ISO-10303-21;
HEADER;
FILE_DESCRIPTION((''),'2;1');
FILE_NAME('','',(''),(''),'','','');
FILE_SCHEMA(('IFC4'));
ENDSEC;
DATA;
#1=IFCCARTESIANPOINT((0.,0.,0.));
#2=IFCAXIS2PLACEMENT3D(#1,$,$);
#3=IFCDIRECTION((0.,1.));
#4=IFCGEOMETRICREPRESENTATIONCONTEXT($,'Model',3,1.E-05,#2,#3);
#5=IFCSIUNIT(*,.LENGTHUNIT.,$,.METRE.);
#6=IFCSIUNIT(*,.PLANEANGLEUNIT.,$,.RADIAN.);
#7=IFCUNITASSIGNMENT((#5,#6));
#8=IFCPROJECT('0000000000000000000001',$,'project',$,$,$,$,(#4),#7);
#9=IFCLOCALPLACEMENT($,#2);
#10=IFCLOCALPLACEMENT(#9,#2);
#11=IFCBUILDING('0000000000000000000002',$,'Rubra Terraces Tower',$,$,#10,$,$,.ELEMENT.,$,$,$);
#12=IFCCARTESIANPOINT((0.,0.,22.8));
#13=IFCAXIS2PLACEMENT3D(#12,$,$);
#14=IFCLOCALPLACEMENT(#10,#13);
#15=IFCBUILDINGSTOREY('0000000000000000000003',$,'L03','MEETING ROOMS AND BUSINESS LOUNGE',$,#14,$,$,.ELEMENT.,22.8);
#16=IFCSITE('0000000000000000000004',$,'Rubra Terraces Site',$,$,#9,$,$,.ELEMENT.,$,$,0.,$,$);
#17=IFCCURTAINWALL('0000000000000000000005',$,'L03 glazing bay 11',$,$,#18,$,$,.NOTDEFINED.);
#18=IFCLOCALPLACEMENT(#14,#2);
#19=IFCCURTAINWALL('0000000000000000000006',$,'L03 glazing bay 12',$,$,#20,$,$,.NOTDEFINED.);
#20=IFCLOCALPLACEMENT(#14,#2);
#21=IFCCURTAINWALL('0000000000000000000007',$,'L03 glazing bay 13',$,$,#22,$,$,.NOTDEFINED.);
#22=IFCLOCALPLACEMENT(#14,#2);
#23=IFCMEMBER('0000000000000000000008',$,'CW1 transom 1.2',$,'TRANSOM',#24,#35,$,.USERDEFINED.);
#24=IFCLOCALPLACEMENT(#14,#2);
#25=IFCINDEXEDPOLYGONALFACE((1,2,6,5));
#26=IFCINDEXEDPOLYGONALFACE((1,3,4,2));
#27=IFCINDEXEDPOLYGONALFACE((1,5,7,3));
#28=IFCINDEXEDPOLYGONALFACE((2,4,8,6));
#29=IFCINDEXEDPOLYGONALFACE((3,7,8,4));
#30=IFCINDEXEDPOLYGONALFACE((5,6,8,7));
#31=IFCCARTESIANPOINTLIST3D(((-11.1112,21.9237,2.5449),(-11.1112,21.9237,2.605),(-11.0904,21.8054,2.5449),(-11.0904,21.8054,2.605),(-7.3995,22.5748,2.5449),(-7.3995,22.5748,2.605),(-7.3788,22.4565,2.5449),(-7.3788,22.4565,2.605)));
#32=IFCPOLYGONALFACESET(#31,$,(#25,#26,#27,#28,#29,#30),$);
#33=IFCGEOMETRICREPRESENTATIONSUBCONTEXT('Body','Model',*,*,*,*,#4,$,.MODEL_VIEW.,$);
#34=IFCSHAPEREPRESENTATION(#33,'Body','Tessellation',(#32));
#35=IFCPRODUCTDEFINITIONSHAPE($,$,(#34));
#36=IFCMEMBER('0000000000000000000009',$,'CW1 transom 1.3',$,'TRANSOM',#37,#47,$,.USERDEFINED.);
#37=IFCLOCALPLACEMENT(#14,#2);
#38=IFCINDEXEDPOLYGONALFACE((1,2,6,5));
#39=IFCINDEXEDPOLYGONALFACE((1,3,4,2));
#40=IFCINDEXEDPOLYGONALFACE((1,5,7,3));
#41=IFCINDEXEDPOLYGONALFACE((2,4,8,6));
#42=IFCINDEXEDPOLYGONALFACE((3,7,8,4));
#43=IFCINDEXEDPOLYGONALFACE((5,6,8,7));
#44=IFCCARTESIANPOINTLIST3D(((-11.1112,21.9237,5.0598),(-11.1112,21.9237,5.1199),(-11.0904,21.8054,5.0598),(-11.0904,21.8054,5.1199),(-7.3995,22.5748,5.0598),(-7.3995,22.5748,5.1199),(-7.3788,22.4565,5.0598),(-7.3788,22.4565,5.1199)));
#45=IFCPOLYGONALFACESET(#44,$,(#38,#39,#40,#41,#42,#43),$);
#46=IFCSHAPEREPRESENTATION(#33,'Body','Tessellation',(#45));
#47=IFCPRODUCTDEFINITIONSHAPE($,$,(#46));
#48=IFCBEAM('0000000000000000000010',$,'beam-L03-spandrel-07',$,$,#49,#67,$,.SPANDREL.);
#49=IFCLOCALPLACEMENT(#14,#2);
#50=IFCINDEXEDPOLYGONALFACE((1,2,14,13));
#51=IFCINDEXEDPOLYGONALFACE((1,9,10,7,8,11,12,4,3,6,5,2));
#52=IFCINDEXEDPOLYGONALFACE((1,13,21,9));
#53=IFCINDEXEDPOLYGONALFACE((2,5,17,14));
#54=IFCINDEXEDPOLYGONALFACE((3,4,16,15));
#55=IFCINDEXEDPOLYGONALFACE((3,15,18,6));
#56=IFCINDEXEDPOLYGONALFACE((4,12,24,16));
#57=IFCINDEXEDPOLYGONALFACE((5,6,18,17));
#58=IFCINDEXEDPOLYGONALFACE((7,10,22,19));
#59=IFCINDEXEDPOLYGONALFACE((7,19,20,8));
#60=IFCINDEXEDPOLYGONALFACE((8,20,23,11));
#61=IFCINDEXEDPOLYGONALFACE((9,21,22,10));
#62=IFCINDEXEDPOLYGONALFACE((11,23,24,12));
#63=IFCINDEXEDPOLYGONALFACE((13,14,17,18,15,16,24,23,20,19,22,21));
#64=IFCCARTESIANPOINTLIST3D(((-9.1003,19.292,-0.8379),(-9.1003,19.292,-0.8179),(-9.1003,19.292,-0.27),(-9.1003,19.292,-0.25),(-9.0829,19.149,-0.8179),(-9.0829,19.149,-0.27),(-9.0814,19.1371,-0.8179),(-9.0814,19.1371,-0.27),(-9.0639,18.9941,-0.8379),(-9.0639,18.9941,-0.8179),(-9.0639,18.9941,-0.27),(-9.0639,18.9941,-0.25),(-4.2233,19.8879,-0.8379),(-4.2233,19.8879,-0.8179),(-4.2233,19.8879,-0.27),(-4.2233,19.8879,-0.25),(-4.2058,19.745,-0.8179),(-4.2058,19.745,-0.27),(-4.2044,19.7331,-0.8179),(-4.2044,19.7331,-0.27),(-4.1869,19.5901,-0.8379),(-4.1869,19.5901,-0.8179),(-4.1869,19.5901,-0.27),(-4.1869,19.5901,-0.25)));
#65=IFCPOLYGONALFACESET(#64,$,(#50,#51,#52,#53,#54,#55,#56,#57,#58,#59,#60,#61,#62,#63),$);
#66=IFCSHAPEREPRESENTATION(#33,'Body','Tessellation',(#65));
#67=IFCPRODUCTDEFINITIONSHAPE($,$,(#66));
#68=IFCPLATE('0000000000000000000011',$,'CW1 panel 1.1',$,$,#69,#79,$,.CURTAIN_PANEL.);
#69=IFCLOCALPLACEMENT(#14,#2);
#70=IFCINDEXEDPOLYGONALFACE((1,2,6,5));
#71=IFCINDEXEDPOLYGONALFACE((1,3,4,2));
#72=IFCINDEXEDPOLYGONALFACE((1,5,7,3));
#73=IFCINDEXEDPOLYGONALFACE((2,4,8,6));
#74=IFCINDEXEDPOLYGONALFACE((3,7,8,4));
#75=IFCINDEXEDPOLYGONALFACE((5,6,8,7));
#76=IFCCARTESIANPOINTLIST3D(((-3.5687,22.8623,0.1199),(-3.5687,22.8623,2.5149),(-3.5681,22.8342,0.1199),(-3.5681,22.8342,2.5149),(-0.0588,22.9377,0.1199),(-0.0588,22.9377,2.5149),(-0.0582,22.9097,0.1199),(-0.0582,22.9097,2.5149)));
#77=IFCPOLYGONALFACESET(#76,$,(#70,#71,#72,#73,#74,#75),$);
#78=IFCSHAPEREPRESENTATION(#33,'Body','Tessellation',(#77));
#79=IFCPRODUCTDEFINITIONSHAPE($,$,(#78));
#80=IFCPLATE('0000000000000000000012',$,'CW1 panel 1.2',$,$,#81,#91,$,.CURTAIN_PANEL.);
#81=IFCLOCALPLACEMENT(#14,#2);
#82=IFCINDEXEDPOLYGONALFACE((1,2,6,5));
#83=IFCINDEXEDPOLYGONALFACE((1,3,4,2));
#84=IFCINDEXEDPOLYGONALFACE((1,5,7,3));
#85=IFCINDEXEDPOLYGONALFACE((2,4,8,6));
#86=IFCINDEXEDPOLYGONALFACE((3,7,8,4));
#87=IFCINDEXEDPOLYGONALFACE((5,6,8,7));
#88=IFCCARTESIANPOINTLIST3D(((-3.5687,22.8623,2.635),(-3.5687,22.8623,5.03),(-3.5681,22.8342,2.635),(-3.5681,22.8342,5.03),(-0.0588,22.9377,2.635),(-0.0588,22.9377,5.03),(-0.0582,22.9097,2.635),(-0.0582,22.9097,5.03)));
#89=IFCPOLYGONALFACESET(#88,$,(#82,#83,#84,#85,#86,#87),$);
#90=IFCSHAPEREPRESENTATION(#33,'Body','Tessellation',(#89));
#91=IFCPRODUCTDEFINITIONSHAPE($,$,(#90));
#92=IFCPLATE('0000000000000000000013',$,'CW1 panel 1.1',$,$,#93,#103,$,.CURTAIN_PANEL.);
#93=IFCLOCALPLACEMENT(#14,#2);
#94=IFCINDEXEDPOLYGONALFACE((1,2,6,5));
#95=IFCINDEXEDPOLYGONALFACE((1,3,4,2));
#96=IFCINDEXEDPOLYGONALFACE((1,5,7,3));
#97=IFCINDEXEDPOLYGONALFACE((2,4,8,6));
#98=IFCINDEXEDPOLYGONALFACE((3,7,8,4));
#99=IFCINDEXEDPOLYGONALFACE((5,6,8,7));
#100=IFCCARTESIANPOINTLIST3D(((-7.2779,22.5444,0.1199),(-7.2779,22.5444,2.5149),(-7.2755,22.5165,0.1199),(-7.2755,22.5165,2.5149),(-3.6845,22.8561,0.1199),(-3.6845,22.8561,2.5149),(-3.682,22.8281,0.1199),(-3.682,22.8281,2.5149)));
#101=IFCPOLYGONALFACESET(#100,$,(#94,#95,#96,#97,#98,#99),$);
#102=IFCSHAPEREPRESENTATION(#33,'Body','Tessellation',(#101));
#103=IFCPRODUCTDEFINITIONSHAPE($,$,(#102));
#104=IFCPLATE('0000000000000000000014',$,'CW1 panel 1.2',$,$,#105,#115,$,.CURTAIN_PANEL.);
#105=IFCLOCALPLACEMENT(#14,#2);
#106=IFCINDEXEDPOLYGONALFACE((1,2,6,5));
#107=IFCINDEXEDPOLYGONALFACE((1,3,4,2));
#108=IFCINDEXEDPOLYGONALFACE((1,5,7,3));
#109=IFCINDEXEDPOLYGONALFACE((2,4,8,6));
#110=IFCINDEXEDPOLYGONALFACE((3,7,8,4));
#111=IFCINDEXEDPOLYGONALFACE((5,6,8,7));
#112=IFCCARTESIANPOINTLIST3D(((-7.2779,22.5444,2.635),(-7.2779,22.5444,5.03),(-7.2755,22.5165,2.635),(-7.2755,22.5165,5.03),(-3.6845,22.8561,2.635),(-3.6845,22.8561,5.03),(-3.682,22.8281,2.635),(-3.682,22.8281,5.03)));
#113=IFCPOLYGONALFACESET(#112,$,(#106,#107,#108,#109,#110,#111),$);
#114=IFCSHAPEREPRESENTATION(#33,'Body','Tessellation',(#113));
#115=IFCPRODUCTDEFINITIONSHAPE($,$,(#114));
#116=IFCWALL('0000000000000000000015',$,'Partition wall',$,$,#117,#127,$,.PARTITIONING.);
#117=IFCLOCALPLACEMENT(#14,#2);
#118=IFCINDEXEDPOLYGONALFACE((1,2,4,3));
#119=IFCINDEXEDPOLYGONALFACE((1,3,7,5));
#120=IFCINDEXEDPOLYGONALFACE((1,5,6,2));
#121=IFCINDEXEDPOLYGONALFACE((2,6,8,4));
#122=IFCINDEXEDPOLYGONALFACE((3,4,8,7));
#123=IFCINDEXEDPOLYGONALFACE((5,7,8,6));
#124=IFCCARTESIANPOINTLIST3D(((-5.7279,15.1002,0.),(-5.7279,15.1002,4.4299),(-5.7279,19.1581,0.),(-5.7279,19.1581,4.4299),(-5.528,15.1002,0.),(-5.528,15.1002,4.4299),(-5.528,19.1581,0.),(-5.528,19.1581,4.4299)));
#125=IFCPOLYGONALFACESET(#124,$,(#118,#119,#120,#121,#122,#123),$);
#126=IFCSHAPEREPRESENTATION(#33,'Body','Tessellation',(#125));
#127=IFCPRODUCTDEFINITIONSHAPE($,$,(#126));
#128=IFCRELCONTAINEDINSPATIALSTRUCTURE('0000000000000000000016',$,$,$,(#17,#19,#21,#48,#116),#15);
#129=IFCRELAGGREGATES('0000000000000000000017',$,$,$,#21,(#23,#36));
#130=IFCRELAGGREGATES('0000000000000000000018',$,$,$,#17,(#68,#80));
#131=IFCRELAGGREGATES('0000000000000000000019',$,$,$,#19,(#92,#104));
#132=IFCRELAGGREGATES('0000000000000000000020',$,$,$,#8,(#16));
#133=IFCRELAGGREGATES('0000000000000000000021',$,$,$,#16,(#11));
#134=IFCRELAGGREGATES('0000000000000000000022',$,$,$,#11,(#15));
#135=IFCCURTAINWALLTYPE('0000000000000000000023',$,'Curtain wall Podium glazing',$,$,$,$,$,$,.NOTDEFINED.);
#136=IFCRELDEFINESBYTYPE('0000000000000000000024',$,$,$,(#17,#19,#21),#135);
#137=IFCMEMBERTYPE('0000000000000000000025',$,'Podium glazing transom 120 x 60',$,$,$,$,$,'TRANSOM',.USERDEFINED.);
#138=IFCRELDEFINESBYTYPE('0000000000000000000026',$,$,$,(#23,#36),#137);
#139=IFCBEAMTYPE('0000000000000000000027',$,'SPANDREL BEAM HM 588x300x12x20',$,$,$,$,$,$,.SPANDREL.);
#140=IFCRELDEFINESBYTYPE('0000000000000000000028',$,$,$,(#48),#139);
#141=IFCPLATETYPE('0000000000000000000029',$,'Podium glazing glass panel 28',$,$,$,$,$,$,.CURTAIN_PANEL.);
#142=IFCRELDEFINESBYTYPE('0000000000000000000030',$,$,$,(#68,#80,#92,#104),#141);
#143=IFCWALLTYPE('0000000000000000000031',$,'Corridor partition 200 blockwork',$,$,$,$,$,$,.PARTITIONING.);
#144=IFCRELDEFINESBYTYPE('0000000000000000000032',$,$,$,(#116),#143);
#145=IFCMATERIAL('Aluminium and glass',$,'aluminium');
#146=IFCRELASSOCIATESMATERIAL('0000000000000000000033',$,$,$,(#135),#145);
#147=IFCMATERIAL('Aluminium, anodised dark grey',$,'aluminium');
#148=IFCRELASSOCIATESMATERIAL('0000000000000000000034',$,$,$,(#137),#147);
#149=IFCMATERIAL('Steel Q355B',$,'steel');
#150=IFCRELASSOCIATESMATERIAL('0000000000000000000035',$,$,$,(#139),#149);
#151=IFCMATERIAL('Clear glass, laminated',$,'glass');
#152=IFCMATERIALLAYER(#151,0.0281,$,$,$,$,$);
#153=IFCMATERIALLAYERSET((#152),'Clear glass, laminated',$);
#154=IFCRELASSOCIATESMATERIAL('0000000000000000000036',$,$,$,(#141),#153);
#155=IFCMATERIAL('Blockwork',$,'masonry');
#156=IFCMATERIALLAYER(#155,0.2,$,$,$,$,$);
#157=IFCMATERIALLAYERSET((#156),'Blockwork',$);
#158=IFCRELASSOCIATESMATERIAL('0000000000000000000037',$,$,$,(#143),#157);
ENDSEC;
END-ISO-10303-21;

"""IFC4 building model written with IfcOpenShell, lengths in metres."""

from ifc_helpers import new_model, si_unit, direction, frame, frame_2d, origin, origin_2d, place, context, subcontext, project, spatial, rectangle, i_section, extrude, material, layer, layer_set, material_profile, profile_set, type_object, element, aggregate, save


model = new_model("IFC4")

# Units and contexts
model_context = context("Model", 3, precision=1e-05, world=origin(), true_north=direction((0.0, 1.0)))
body_context = subcontext(model_context, "Body", "Model", "MODEL_VIEW")
ifc_project = project(units=[si_unit("LENGTHUNIT", "METRE"), si_unit("PLANEANGLEUNIT", "RADIAN")], contexts=[model_context])

# Site, building, storey
site_placement = place(None, origin())
site = spatial("IfcSite", under=ifc_project, at=site_placement, Name="Rubra Terraces Site", CompositionType="ELEMENT", RefElevation=0.0)
building_placement = place(site_placement, origin())
building = spatial("IfcBuilding", under=site, at=building_placement, Name="Rubra Terraces Tower", CompositionType="ELEMENT")
storey_placement = place(building_placement, frame((0.0, 0.0, 22.8)))
storey = spatial("IfcBuildingStorey", under=building, at=storey_placement, Name="L03", Description="MEETING ROOMS AND BUSINESS LOUNGE", CompositionType="ELEMENT", Elevation=22.8)

# Shared definitions
ifc_material_1 = material(Name="Steel Q355B", Category="steel")

# Curtain walls
ifc_material_2 = material(Name="Aluminium and glass", Category="aluminium")
curtain_wall_type = type_object("IfcCurtainWallType", Name="Curtain wall Podium glazing", PredefinedType="NOTDEFINED", material=ifc_material_2)
curtain_wall_1_placement = place(storey_placement, origin())
curtain_wall_1 = element("IfcCurtainWall", 1, at=curtain_wall_1_placement, inside=storey, type_object=curtain_wall_type, Name="L03 glazing bay 11", PredefinedType="NOTDEFINED")
ifc_material_3 = material(Name="Aluminium, anodised dark grey", Category="aluminium")
curtain_wall_2_placement = place(storey_placement, origin())
curtain_wall_2 = element("IfcCurtainWall", 2, at=curtain_wall_2_placement, inside=storey, type_object=curtain_wall_type, Name="L03 glazing bay 12", PredefinedType="NOTDEFINED")
curtain_wall_3_placement = place(storey_placement, origin())
curtain_wall_3 = element("IfcCurtainWall", 3, at=curtain_wall_3_placement, inside=storey, type_object=curtain_wall_type, Name="L03 glazing bay 13", PredefinedType="NOTDEFINED")

# Members
ifc_material_profile_1 = material_profile(ifc_material_3, rectangle(XDim=0.1201, YDim=0.0601, at=origin_2d()), Name="AL 120x60")
ifc_profile_set_1 = profile_set([ifc_material_profile_1], Name="Aluminium, anodised dark grey")
member_type_1 = type_object("IfcMemberType", Name="Podium glazing transom 120 x 60", ElementType="TRANSOM", PredefinedType="USERDEFINED", material=ifc_profile_set_1)
member_1_placement = place(storey_placement, frame((-7.3892, 22.5156, 2.575), z_axis=(-0.984959, -0.172787, 0.0), x_axis=(0.172787, -0.984959, 0.0)))
member_1 = element("IfcMember", 4, at=member_1_placement, type_object=member_type_1, Name="CW1 transom 1.2", ObjectType="TRANSOM", PredefinedType="USERDEFINED", context=body_context, shape_type="SweptSolid", body=[
    extrude(rectangle(XDim=0.1201, YDim=0.0601, at=origin_2d()), origin(), (0.0, 0.0, 1.0), 3.7683),
])
member_2_placement = place(storey_placement, frame((-7.3892, 22.5156, 5.0898), z_axis=(-0.984959, -0.172787, 0.0), x_axis=(0.172787, -0.984959, 0.0)))
member_2 = element("IfcMember", 5, at=member_2_placement, type_object=member_type_1, Name="CW1 transom 1.3", ObjectType="TRANSOM", PredefinedType="USERDEFINED", context=body_context, shape_type="SweptSolid", body=[
    extrude(rectangle(XDim=0.1201, YDim=0.0601, at=origin_2d()), origin(), (0.0, 0.0, 1.0), 3.7683),
])
aggregate(curtain_wall_3, [member_1, member_2])

# Beam
ifc_material_profile_2 = material_profile(ifc_material_1, i_section(OverallWidth=0.3, OverallDepth=0.5879, WebThickness=0.012, FlangeThickness=0.02, at=origin_2d()), Name="HM 588x300x12x20")
ifc_profile_set_2 = profile_set([ifc_material_profile_2], Name="Steel Q355B")
beam_type_1 = type_object("IfcBeamType", Name="SPANDREL BEAM HM 588x300x12x20", PredefinedType="SPANDREL", material=ifc_profile_set_2)
beam_1_placement = place(storey_placement, frame((-4.2051, 19.739, -0.5439), z_axis=(-0.992617, -0.121294, 0.0), x_axis=(0.121294, -0.992617, 0.0)))
element("IfcBeam", 6, at=beam_1_placement, inside=storey, type_object=beam_type_1, Name="beam-L03-spandrel-07", PredefinedType="SPANDREL", context=body_context, shape_type="SweptSolid", body=[
    extrude(i_section(OverallWidth=0.3, OverallDepth=0.5879, WebThickness=0.012, FlangeThickness=0.02, at=origin_2d()), origin(), (0.0, 0.0, 1.0), 4.9133),
])

# Plates
ifc_material_4 = material(Name="Clear glass, laminated", Category="glass")
ifc_layer_1 = layer(ifc_material_4, 0.0281)
ifc_layer_set_1 = layer_set([ifc_layer_1], Name="Clear glass, laminated")
plate_type = type_object("IfcPlateType", Name="Podium glazing glass panel 28", PredefinedType="CURTAIN_PANEL", material=ifc_layer_set_1)
plate_1_placement = place(storey_placement, frame((-1.8135, 22.886, 0.1199), z_axis=(0.0, 0.0, 1.0), x_axis=(-0.999769, -0.021483, 0.0)))
plate_1 = element("IfcPlate", 7, at=plate_1_placement, type_object=plate_type, Name="CW1 panel 1.1", PredefinedType="CURTAIN_PANEL", context=body_context, shape_type="SweptSolid", body=[
    extrude(rectangle(XDim=3.5107, YDim=0.0281, at=origin_2d()), origin(), (0.0, 0.0, 1.0), 2.395),
])
plate_2_placement = place(storey_placement, frame((-1.8135, 22.886, 2.635), z_axis=(0.0, 0.0, 1.0), x_axis=(-0.999769, -0.021483, 0.0)))
plate_2 = element("IfcPlate", 8, at=plate_2_placement, type_object=plate_type, Name="CW1 panel 1.2", PredefinedType="CURTAIN_PANEL", context=body_context, shape_type="SweptSolid", body=[
    extrude(rectangle(XDim=3.5107, YDim=0.0281, at=origin_2d()), origin(), (0.0, 0.0, 1.0), 2.395),
])
aggregate(curtain_wall_1, [plate_1, plate_2])
plate_3_placement = place(storey_placement, frame((-5.48, 22.6863, 0.1199), z_axis=(0.0, 0.0, 1.0), x_axis=(-0.996261, -0.086398, 0.0)))
plate_3 = element("IfcPlate", 9, at=plate_3_placement, type_object=plate_type, Name="CW1 panel 1.1", PredefinedType="CURTAIN_PANEL", context=body_context, shape_type="SweptSolid", body=[
    extrude(rectangle(XDim=3.6069, YDim=0.0281, at=origin_2d()), origin(), (0.0, 0.0, 1.0), 2.395),
])
plate_4_placement = place(storey_placement, frame((-5.48, 22.6863, 2.635), z_axis=(0.0, 0.0, 1.0), x_axis=(-0.996261, -0.086398, 0.0)))
plate_4 = element("IfcPlate", 10, at=plate_4_placement, type_object=plate_type, Name="CW1 panel 1.2", PredefinedType="CURTAIN_PANEL", context=body_context, shape_type="SweptSolid", body=[
    extrude(rectangle(XDim=3.6069, YDim=0.0281, at=origin_2d()), origin(), (0.0, 0.0, 1.0), 2.395),
])
aggregate(curtain_wall_2, [plate_3, plate_4])

# Wall
ifc_material_5 = material(Name="Blockwork", Category="masonry")
ifc_layer_2 = layer(ifc_material_5, 0.2)
ifc_layer_set_2 = layer_set([ifc_layer_2], Name="Blockwork")
wall_type = type_object("IfcWallType", Name="Corridor partition 200 blockwork", PredefinedType="PARTITIONING", material=ifc_layer_set_2)
wall_placement = place(storey_placement, frame((-5.6279, 19.158, 0.0), z_axis=(0.0, 0.0, 1.0), x_axis=(0.0, -1.0, 0.0)))
element("IfcWall", 11, at=wall_placement, inside=storey, type_object=wall_type, Name="Partition wall", PredefinedType="PARTITIONING", context=body_context, shape_type="SweptSolid", body=[
    extrude(rectangle(XDim=4.0579, YDim=0.2, at=frame_2d((2.0288, 0.0))), origin(), (0.0, 0.0, 1.0), 4.4299),
])

save(model, "model.ifc")
